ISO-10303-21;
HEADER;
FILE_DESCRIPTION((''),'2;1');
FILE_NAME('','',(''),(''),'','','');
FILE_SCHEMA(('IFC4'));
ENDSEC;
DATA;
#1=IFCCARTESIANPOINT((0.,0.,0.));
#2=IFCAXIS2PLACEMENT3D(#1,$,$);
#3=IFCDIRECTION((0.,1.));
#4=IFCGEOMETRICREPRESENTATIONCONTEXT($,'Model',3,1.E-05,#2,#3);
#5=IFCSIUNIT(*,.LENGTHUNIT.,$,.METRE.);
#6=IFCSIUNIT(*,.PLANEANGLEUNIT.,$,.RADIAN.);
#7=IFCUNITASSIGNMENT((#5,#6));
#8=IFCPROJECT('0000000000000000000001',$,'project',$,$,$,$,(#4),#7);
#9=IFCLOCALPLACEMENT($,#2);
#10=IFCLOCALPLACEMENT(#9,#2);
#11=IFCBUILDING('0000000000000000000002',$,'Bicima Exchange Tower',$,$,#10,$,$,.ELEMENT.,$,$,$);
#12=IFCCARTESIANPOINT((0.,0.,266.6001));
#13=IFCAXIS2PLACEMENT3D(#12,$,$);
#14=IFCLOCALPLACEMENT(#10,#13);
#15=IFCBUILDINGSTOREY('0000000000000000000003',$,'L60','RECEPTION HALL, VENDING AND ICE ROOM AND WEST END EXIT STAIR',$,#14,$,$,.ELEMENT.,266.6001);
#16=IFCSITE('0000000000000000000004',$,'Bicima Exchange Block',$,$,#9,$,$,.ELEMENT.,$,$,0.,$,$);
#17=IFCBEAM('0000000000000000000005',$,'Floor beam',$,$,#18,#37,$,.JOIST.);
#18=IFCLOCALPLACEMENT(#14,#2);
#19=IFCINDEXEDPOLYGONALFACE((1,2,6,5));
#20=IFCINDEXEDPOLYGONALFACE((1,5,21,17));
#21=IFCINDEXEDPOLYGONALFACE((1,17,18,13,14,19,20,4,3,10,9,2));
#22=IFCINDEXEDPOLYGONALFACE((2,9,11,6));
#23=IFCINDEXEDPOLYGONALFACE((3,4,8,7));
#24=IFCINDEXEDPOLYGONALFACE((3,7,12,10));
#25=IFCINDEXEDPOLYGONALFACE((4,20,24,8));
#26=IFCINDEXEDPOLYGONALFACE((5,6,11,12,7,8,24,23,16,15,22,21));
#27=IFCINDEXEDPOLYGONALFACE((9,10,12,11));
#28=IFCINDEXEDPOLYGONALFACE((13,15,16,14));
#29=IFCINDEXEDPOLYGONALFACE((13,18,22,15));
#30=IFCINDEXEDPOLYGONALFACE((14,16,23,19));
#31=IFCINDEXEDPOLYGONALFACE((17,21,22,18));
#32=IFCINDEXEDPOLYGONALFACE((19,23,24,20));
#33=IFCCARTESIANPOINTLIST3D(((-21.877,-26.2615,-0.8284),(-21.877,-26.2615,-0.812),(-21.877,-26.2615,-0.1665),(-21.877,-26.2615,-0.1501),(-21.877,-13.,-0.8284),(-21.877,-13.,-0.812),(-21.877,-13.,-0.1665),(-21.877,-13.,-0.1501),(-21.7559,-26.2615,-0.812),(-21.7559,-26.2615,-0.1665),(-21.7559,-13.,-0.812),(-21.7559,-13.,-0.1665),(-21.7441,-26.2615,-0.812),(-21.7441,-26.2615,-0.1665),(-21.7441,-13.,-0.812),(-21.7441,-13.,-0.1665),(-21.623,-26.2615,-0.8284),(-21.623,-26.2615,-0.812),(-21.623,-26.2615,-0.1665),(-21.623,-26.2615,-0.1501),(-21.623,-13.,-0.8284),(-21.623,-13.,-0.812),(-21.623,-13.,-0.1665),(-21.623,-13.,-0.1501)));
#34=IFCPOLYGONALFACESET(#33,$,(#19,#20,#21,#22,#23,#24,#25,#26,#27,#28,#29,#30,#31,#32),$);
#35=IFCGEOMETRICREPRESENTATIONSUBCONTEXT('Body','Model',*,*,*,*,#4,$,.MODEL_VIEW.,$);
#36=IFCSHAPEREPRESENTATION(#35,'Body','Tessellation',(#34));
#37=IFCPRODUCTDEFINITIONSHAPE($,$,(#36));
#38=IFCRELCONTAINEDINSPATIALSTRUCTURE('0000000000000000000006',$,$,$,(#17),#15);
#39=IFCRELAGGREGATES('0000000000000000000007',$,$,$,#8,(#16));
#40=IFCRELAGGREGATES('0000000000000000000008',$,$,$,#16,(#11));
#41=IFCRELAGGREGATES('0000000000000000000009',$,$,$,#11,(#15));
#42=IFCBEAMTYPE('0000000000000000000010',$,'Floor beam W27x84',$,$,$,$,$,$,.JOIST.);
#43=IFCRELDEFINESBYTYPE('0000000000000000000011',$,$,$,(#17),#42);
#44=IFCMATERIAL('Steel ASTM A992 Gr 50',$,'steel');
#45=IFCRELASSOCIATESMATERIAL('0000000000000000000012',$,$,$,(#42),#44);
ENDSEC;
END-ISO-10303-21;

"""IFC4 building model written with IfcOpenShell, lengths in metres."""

from ifc_helpers import new_model, si_unit, direction, frame, origin, origin_2d, place, context, subcontext, project, spatial, i_section, extrude, material, material_profile, profile_set, type_object, element, save


model = new_model("IFC4")

# Units and contexts
model_context = context("Model", 3, precision=1e-05, world=origin(), true_north=direction((0.0, 1.0)))
body_context = subcontext(model_context, "Body", "Model", "MODEL_VIEW")
ifc_project = project(units=[si_unit("LENGTHUNIT", "METRE"), si_unit("PLANEANGLEUNIT", "RADIAN")], contexts=[model_context])

# Site, building, storey
site_placement = place(None, origin())
site = spatial("IfcSite", under=ifc_project, at=site_placement, Name="Bicima Exchange Block", CompositionType="ELEMENT", RefElevation=0.0)
building_placement = place(site_placement, origin())
building = spatial("IfcBuilding", under=site, at=building_placement, Name="Bicima Exchange Tower", CompositionType="ELEMENT")
storey_placement = place(building_placement, frame((0.0, 0.0, 266.6001)))
storey = spatial("IfcBuildingStorey", under=building, at=storey_placement, Name="L60", Description="RECEPTION HALL, VENDING AND ICE ROOM AND WEST END EXIT STAIR", CompositionType="ELEMENT", Elevation=266.6001)

# Beam
ifc_material_1 = material(Name="Steel ASTM A992 Gr 50", Category="steel")
ifc_material_profile = material_profile(ifc_material_1, i_section(OverallWidth=0.2539, OverallDepth=0.6782, WebThickness=0.0117, FlangeThickness=0.0164, at=origin_2d()))
ifc_profile_set = profile_set([ifc_material_profile], Name="Steel ASTM A992 Gr 50")
beam_type = type_object("IfcBeamType", Name="Floor beam W27x84", PredefinedType="JOIST", material=ifc_profile_set)
beam_placement = place(storey_placement, frame((-21.75, -13.0, -0.4893), z_axis=(0.0, -1.0, 0.0), x_axis=(1.0, 0.0, 0.0)))
element("IfcBeam", 1, at=beam_placement, inside=storey, type_object=beam_type, Name="Floor beam", PredefinedType="JOIST", context=body_context, shape_type="SweptSolid", body=[
    extrude(i_section(OverallWidth=0.2539, OverallDepth=0.6782, WebThickness=0.0117, FlangeThickness=0.0164, at=origin_2d()), origin(), (0.0, 0.0, 1.0), 13.2615),
])

save(model, "model.ifc")
